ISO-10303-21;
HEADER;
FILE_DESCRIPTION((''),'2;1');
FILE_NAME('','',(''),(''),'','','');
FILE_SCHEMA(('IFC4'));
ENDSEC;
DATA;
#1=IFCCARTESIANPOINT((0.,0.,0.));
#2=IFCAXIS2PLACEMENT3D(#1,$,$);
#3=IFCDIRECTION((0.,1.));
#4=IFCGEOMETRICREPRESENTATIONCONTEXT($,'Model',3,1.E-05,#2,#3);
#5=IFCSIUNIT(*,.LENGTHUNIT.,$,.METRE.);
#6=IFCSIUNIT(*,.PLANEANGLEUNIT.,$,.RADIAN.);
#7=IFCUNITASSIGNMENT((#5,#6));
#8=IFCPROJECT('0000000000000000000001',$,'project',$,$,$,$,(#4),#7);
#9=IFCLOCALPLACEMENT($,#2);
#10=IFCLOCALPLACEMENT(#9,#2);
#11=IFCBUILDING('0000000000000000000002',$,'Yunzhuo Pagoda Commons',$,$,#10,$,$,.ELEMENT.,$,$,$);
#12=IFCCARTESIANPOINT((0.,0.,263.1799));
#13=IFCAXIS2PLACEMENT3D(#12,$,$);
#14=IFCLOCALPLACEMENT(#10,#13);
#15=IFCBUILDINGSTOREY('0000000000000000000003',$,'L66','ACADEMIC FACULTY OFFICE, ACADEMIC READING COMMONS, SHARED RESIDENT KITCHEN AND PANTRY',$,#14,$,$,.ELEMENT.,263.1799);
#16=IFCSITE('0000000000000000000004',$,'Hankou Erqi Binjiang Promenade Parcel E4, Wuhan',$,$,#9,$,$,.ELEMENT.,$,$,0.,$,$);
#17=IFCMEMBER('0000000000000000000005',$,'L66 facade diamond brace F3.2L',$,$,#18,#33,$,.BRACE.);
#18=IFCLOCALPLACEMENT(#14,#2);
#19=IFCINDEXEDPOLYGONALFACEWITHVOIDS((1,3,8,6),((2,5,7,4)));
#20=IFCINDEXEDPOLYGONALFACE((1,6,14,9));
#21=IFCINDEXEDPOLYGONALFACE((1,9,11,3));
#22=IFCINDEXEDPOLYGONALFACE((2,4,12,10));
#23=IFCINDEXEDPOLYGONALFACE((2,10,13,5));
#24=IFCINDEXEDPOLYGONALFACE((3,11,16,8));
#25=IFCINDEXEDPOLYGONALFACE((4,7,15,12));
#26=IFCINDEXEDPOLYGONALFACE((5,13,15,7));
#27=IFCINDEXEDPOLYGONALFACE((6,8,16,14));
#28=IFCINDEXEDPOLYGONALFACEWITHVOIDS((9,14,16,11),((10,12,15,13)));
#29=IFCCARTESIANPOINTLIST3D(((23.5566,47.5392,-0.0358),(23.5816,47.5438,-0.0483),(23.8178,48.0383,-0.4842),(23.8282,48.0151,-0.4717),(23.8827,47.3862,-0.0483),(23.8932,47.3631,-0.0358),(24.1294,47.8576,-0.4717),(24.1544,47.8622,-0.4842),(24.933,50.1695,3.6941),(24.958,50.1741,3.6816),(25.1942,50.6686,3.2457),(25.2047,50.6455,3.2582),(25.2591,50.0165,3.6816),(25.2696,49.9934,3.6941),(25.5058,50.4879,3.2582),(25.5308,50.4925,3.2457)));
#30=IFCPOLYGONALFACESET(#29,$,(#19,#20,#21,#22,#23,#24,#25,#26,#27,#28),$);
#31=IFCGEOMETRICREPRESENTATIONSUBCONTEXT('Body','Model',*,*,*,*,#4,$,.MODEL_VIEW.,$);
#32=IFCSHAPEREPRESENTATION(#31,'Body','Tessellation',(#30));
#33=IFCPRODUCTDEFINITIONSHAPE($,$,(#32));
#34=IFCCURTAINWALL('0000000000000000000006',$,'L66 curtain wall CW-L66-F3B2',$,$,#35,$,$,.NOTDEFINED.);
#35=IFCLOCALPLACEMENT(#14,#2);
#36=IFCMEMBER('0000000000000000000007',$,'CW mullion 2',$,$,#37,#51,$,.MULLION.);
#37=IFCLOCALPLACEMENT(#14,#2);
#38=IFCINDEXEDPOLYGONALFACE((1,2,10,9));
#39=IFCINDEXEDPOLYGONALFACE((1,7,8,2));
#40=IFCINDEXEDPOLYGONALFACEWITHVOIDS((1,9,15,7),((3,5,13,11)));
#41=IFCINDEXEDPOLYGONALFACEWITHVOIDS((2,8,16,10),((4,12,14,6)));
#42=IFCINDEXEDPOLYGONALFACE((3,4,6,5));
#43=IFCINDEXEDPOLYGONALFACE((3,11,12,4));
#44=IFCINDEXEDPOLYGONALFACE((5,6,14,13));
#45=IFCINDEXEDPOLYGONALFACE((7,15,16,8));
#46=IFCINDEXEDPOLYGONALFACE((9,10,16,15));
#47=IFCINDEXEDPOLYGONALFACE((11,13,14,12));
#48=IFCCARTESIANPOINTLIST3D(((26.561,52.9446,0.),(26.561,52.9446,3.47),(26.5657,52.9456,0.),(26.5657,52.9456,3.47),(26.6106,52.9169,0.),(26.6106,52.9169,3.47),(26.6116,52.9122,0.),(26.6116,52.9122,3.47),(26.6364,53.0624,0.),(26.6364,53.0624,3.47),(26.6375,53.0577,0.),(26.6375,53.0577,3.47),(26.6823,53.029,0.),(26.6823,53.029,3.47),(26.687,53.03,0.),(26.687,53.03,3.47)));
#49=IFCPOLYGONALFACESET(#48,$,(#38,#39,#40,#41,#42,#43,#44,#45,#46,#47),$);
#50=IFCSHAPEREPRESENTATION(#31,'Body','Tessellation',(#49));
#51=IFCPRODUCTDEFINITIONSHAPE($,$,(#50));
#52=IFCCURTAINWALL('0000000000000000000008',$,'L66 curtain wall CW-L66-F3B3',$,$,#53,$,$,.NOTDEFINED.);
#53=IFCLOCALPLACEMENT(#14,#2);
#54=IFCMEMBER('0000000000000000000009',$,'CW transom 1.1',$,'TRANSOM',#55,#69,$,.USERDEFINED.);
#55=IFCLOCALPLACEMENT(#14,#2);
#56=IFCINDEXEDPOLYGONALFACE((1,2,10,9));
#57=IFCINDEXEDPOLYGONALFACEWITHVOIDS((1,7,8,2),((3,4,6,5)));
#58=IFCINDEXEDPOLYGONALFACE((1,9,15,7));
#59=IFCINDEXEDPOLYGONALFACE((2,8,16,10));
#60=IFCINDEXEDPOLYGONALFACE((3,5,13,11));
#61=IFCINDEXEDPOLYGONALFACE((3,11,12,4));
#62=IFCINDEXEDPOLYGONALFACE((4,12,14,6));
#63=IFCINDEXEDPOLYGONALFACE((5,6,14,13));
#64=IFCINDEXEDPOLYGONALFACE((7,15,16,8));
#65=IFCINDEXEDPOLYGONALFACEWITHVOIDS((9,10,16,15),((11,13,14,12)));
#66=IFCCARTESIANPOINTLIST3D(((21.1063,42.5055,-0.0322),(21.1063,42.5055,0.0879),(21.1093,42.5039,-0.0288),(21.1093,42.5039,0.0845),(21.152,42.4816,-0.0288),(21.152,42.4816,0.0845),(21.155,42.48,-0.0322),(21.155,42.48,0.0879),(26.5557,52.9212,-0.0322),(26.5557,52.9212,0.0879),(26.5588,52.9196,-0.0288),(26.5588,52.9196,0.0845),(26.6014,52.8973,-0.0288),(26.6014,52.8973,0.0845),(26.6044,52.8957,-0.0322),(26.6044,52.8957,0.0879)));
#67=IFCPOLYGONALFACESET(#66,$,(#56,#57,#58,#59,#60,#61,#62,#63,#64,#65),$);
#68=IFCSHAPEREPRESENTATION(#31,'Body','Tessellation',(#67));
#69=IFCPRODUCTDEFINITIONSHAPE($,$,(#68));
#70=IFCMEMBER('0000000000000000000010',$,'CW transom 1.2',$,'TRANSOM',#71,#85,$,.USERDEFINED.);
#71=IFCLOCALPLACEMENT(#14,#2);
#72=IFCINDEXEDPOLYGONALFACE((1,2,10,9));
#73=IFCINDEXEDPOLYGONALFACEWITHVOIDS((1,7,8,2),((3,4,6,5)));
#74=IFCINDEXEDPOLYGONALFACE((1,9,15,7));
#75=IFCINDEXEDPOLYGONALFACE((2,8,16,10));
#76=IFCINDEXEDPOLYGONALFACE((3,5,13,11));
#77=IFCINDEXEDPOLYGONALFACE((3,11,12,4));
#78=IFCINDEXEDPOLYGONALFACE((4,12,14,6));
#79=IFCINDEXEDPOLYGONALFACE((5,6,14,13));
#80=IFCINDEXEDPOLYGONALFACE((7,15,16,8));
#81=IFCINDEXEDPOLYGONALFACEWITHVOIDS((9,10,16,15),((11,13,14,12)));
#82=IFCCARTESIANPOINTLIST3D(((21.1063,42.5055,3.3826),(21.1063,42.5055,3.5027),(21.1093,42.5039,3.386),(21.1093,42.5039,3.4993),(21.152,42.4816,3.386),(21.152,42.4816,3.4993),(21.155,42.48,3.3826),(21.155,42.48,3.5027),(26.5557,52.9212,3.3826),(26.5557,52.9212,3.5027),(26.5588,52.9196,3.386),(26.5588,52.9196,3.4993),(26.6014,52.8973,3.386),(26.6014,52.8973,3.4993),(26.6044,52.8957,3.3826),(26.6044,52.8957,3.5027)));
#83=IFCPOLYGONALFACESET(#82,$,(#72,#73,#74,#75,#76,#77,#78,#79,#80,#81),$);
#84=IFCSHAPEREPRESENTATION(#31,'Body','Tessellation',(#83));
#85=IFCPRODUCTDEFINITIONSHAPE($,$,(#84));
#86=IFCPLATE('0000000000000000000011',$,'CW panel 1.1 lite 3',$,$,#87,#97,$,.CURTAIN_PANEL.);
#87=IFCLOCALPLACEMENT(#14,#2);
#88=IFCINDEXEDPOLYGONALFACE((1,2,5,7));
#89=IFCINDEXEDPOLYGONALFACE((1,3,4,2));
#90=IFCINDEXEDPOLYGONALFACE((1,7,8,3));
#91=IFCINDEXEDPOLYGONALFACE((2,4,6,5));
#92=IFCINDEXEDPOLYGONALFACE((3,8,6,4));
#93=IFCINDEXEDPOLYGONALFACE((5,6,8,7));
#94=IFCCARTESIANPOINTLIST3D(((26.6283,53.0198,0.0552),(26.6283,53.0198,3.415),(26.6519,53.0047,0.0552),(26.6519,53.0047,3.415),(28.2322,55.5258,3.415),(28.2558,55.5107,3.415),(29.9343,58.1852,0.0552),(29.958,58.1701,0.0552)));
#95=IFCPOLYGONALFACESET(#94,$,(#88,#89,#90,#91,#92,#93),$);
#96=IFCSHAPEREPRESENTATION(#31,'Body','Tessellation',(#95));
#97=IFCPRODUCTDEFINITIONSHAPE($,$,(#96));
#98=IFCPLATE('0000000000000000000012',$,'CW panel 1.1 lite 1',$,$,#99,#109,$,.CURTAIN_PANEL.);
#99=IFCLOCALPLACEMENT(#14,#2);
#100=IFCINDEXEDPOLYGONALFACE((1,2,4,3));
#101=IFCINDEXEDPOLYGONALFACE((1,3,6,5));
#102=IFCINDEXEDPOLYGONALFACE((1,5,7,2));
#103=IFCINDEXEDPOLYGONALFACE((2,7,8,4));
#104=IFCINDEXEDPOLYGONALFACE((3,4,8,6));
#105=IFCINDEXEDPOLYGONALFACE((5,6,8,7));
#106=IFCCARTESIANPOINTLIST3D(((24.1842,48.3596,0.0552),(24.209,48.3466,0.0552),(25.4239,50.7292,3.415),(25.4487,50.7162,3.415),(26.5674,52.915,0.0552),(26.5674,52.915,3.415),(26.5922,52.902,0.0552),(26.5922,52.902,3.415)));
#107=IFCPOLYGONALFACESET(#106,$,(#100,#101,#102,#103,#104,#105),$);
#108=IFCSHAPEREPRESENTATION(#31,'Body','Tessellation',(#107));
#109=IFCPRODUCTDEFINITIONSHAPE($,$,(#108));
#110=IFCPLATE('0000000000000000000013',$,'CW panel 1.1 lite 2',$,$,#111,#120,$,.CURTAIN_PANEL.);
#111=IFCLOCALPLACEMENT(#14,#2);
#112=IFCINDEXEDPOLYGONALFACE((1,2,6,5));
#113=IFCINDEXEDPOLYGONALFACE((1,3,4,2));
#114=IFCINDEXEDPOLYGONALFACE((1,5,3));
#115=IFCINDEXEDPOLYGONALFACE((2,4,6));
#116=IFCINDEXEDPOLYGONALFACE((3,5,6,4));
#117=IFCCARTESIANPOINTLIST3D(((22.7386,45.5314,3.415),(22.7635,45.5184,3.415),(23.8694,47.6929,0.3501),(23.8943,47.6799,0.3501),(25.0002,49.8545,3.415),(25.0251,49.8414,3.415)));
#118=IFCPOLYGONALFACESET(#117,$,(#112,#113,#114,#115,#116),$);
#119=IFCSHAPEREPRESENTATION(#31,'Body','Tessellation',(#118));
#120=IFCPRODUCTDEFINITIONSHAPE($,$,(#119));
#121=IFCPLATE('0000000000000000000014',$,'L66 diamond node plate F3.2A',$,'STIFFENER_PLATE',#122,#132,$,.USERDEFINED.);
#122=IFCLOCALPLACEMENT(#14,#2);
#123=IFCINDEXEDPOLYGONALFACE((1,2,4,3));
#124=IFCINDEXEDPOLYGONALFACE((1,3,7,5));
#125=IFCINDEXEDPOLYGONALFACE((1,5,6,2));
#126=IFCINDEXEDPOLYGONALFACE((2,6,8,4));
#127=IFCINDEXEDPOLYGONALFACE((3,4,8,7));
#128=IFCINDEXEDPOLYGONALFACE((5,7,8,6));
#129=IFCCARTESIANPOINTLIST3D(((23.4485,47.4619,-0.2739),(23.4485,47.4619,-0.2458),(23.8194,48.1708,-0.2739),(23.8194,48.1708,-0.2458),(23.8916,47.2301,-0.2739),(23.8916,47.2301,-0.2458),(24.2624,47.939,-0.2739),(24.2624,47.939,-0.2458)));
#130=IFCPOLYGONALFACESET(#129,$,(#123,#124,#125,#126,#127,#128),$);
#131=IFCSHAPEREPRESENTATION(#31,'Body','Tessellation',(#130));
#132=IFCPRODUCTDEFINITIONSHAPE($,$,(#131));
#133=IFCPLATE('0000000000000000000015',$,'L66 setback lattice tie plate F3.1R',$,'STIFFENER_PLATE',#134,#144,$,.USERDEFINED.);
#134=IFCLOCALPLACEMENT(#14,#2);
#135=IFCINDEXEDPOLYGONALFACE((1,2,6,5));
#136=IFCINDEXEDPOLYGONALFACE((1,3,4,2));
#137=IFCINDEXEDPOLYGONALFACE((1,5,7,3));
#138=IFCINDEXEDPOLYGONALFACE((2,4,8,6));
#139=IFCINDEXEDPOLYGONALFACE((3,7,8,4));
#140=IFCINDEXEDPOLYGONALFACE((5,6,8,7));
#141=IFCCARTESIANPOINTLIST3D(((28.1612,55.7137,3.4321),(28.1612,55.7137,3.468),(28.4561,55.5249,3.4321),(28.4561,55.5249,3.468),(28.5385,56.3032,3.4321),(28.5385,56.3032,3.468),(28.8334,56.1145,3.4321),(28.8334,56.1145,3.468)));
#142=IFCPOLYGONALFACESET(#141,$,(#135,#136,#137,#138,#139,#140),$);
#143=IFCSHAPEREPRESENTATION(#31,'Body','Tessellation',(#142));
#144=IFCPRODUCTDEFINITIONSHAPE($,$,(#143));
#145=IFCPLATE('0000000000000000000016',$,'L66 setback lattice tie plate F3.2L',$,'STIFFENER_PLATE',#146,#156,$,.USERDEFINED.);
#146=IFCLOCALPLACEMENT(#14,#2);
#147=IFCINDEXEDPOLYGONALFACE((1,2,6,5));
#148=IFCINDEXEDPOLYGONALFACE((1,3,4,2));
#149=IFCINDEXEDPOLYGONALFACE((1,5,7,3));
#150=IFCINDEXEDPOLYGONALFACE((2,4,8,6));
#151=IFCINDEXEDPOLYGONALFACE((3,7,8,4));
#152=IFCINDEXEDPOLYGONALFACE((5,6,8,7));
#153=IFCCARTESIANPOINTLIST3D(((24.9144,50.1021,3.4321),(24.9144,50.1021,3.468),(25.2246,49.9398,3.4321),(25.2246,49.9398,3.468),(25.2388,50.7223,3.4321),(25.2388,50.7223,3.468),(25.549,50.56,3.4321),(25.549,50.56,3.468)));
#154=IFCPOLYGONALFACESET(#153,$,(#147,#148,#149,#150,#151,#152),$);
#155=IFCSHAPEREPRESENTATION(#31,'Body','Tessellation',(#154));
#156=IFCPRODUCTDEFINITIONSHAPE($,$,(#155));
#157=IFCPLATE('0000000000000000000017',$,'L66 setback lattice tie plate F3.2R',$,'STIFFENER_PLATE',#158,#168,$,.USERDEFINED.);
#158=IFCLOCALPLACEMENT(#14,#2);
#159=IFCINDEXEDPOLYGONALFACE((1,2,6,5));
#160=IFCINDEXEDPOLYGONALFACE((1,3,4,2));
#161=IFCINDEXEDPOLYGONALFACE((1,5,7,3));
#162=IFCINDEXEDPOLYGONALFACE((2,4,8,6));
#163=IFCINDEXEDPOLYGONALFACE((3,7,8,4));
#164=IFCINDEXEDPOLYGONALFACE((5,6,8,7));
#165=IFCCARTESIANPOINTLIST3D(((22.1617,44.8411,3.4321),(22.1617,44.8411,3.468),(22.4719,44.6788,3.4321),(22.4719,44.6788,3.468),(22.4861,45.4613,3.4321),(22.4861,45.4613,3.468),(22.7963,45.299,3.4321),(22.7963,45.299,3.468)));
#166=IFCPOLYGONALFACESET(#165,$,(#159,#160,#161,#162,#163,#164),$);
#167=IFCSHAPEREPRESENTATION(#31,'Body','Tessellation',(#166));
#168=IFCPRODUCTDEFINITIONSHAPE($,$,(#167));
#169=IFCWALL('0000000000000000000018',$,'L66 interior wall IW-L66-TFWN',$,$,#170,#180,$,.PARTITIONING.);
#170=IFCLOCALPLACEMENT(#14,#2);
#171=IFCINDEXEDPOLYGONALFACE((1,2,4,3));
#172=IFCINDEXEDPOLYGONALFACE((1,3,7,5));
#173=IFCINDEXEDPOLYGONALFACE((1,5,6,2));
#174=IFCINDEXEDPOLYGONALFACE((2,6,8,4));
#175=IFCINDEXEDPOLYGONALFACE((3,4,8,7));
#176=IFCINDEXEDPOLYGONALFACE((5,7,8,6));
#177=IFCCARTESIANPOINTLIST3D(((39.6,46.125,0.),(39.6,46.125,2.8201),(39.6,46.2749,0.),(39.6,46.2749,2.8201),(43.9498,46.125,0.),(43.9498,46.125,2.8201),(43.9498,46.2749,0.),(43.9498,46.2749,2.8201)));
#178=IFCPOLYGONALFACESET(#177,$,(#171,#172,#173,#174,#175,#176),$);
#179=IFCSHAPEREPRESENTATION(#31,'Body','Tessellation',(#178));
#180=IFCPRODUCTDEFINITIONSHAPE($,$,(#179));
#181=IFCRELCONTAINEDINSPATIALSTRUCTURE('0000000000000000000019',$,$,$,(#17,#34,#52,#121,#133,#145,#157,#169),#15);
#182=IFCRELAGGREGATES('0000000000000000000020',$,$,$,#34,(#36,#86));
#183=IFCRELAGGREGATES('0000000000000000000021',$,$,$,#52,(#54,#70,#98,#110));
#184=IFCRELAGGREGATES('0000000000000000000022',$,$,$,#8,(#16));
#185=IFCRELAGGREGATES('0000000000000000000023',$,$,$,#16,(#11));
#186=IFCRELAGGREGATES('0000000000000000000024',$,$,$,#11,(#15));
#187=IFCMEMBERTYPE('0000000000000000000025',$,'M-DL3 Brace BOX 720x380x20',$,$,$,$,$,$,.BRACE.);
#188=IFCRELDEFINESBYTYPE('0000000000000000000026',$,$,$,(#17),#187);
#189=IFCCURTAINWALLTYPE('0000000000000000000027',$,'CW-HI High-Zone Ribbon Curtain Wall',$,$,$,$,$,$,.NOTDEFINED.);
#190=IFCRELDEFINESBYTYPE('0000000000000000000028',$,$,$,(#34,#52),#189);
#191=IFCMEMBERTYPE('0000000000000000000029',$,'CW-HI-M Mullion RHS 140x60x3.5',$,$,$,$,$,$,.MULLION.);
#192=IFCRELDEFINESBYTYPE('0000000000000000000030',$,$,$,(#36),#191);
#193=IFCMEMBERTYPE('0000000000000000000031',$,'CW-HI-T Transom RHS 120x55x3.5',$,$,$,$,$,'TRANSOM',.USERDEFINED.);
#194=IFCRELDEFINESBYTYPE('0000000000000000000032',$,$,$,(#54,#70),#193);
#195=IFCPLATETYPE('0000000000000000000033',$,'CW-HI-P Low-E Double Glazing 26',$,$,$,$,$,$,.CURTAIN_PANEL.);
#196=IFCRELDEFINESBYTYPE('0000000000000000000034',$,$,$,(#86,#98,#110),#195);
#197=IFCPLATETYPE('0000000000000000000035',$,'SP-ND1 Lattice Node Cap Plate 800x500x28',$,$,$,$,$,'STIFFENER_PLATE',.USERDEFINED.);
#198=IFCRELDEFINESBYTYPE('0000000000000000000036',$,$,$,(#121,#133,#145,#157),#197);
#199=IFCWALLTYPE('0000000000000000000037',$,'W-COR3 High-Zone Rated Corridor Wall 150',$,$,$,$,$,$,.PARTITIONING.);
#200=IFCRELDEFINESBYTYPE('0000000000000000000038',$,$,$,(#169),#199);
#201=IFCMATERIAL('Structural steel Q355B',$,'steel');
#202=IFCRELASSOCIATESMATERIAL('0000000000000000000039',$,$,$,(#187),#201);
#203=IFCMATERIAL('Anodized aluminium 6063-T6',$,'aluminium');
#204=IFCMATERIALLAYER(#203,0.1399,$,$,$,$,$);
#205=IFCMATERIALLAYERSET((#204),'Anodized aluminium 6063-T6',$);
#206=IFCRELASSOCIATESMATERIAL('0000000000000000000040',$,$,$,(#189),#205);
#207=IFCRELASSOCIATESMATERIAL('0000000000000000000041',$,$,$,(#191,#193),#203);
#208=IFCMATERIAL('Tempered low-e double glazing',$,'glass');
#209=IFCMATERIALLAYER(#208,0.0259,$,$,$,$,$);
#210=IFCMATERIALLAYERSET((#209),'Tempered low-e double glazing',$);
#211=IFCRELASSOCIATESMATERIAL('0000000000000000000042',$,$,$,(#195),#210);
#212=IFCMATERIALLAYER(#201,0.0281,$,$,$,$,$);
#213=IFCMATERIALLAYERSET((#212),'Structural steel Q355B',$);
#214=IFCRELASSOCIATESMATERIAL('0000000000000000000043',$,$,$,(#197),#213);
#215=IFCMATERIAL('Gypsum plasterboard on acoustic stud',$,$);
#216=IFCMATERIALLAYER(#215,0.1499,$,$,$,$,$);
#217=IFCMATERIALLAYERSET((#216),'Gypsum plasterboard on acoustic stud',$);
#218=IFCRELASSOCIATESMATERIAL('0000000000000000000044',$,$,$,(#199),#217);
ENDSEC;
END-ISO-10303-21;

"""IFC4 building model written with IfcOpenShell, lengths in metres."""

from ifc_helpers import new_model, si_unit, direction, frame, frame_2d, origin, origin_2d, place, context, subcontext, project, spatial, polyline, rectangle, hollow_rectangle, outline, extrude, source, transform, mapped, material, layer, layer_set, material_profile, profile_set, type_object, element, aggregate, save


model = new_model("IFC4")

# Units and contexts
model_context = context("Model", 3, precision=1e-05, world=origin(), true_north=direction((0.0, 1.0)))
body_context = subcontext(model_context, "Body", "Model", "MODEL_VIEW")
ifc_project = project(units=[si_unit("LENGTHUNIT", "METRE"), si_unit("PLANEANGLEUNIT", "RADIAN")], contexts=[model_context])

# Site, building, storey
site_placement = place(None, origin())
site = spatial("IfcSite", under=ifc_project, at=site_placement, Name="Hankou Erqi Binjiang Promenade Parcel E4, Wuhan", CompositionType="ELEMENT", RefElevation=0.0)
building_placement = place(site_placement, origin())
building = spatial("IfcBuilding", under=site, at=building_placement, Name="Yunzhuo Pagoda Commons", CompositionType="ELEMENT")
storey_placement = place(building_placement, frame((0.0, 0.0, 263.1799)))
storey = spatial("IfcBuildingStorey", under=building, at=storey_placement, Name="L66", Description="ACADEMIC FACULTY OFFICE, ACADEMIC READING COMMONS, SHARED RESIDENT KITCHEN AND PANTRY", CompositionType="ELEMENT", Elevation=263.1799)

# Shared definitions
ifc_material_1 = material(Name="Structural steel Q355B", Category="steel")

# Member
ifc_material_profile_1 = material_profile(ifc_material_1, hollow_rectangle(XDim=0.3799, YDim=0.72, WallThickness=0.02, at=origin_2d()), Name="Structural steel Q355B")
ifc_profile_set_1 = profile_set([ifc_material_profile_1], Name="Structural steel Q355B")
member_type_1 = type_object("IfcMemberType", Name="M-DL3 Brace BOX 720x380x20", PredefinedType="BRACE", material=ifc_profile_set_1)
shared_shape_1 = source(origin(), body_context, "Body", "SweptSolid", [
    extrude(hollow_rectangle(XDim=0.3799, YDim=0.72, WallThickness=0.02, at=origin_2d()), origin(), (0.0, 0.0, 1.0), 4.7671),
])
member_1_placement = place(storey_placement, frame((23.8555, 47.7007, -0.26), z_axis=(0.288736, 0.551764, 0.782425), x_axis=(-0.886018, 0.463651, 0.0)))
element("IfcMember", 1, at=member_1_placement, inside=storey, type_object=member_type_1, Name="L66 facade diamond brace F3.2L", PredefinedType="BRACE", context=body_context, shape_type="MappedRepresentation", body=[
    mapped(shared_shape_1, transform((0.0, 0.0, 0.0), scale=1.0)),
])

# Curtain wall, member
ifc_material_2 = material(Name="Anodized aluminium 6063-T6", Category="aluminium")
ifc_layer_1 = layer(ifc_material_2, 0.1399)
ifc_layer_set_1 = layer_set([ifc_layer_1], Name="Anodized aluminium 6063-T6")
curtain_wall_type = type_object("IfcCurtainWallType", Name="CW-HI High-Zone Ribbon Curtain Wall", PredefinedType="NOTDEFINED", material=ifc_layer_set_1)
curtain_wall_1_placement = place(storey_placement, origin())
curtain_wall_1 = element("IfcCurtainWall", 2, at=curtain_wall_1_placement, inside=storey, type_object=curtain_wall_type, Name="L66 curtain wall CW-L66-F3B2", PredefinedType="NOTDEFINED")
ifc_material_profile_2 = material_profile(ifc_material_2, hollow_rectangle(XDim=0.0601, YDim=0.1399, WallThickness=0.0034, at=origin_2d()), Name="Anodized aluminium 6063-T6")
ifc_profile_set_2 = profile_set([ifc_material_profile_2], Name="Anodized aluminium 6063-T6")
member_type_2 = type_object("IfcMemberType", Name="CW-HI-M Mullion RHS 140x60x3.5", PredefinedType="MULLION", material=ifc_profile_set_2)
shared_shape_2 = source(origin(), body_context, "Body", "SweptSolid", [
    extrude(hollow_rectangle(XDim=0.0601, YDim=0.1399, WallThickness=0.0034, at=origin_2d()), origin(), (0.0, 0.0, 1.0), 3.47),
])
member_2_placement = place(storey_placement, frame((26.624, 52.9873, 0.0), z_axis=(0.0, 0.0, 1.0), x_axis=(0.842256, -0.539078, 0.0)))
member_2 = element("IfcMember", 3, at=member_2_placement, type_object=member_type_2, Name="CW mullion 2", PredefinedType="MULLION", context=body_context, shape_type="MappedRepresentation", body=[
    mapped(shared_shape_2, transform((0.0, 0.0, 0.0), scale=1.0)),
])

# Curtain wall, members
curtain_wall_2_placement = place(storey_placement, origin())
curtain_wall_2 = element("IfcCurtainWall", 4, at=curtain_wall_2_placement, inside=storey, type_object=curtain_wall_type, Name="L66 curtain wall CW-L66-F3B3", PredefinedType="NOTDEFINED")
ifc_material_profile_3 = material_profile(ifc_material_2, hollow_rectangle(XDim=0.0549, YDim=0.1201, WallThickness=0.0034, at=origin_2d()), Name="Anodized aluminium 6063-T6")
ifc_profile_set_3 = profile_set([ifc_material_profile_3], Name="Anodized aluminium 6063-T6")
member_type_3 = type_object("IfcMemberType", Name="CW-HI-T Transom RHS 120x55x3.5", ElementType="TRANSOM", PredefinedType="USERDEFINED", material=ifc_profile_set_3)
shared_shape_3 = source(origin(), body_context, "Body", "SweptSolid", [
    extrude(hollow_rectangle(XDim=0.0549, YDim=0.1201, WallThickness=0.0034, at=origin_2d()), origin(), (0.0, 0.0, 1.0), 11.7551),
])
member_3_placement = place(storey_placement, frame((26.5801, 52.9084, 0.0278), z_axis=(-0.463579, -0.886056, 0.0), x_axis=(0.886056, -0.463579, 0.0)))
member_3 = element("IfcMember", 5, at=member_3_placement, type_object=member_type_3, Name="CW transom 1.1", ObjectType="TRANSOM", PredefinedType="USERDEFINED", context=body_context, shape_type="MappedRepresentation", body=[
    mapped(shared_shape_3, transform((0.0, 0.0, 0.0), scale=1.0)),
])
member_4_placement = place(storey_placement, frame((26.5801, 52.9084, 3.4426), z_axis=(-0.463579, -0.886056, 0.0), x_axis=(0.886056, -0.463579, 0.0)))
member_4 = element("IfcMember", 6, at=member_4_placement, type_object=member_type_3, Name="CW transom 1.2", ObjectType="TRANSOM", PredefinedType="USERDEFINED", context=body_context, shape_type="MappedRepresentation", body=[
    mapped(shared_shape_3, transform((0.0, 0.0, 0.0), scale=1.0)),
])

# Plates
ifc_material_3 = material(Name="Tempered low-e double glazing", Category="glass")
ifc_layer_2 = layer(ifc_material_3, 0.0259)
ifc_layer_set_2 = layer_set([ifc_layer_2], Name="Tempered low-e double glazing")
plate_type_1 = type_object("IfcPlateType", Name="CW-HI-P Low-E Double Glazing 26", PredefinedType="CURTAIN_PANEL", material=ifc_layer_set_2)
plate_1_placement = place(storey_placement, frame((28.3049, 55.5874, 1.7351), z_axis=(-0.842256, 0.539078, 0.0), x_axis=(-0.539078, -0.842256, 0.0)))
plate_1 = element("IfcPlate", 7, at=plate_1_placement, type_object=plate_type_1, Name="CW panel 1.1 lite 3", PredefinedType="CURTAIN_PANEL", context=body_context, shape_type="SweptSolid", body=[
    extrude(outline(polyline([(-3.0664, -1.6799), (3.0664, -1.6799), (3.0664, 1.6799), (0.0911, 1.6799), (-3.0664, -1.6799)])), origin(), (0.0, 0.0, 1.0), 0.0281),
])
aggregate(curtain_wall_1, [member_2, plate_1])
plate_2_placement = place(storey_placement, frame((25.4006, 50.6243, 1.7351), z_axis=(-0.886066, 0.463559, 0.0), x_axis=(-0.463559, -0.886066, 0.0)))
plate_2 = element("IfcPlate", 8, at=plate_2_placement, type_object=plate_type_1, Name="CW panel 1.1 lite 1", PredefinedType="CURTAIN_PANEL", context=body_context, shape_type="SweptSolid", body=[
    extrude(outline(polyline([(-2.5706, -1.6799), (2.5706, -1.6799), (-0.1038, 1.6799), (-2.5706, 1.6799), (-2.5706, -1.6799)])), origin(), (0.0, 0.0, 1.0), 0.0281),
])
plate_3_placement = place(storey_placement, frame((23.8943, 47.6799, 1.8826), z_axis=(-0.886066, 0.463559, 0.0), x_axis=(-0.463559, -0.886066, 0.0)))
plate_3 = element("IfcPlate", 9, at=plate_3_placement, type_object=plate_type_1, Name="CW panel 1.1 lite 2", PredefinedType="CURTAIN_PANEL", context=body_context, shape_type="SweptSolid", body=[
    extrude(outline(polyline([(-2.4395, 1.5325), (0.0, -1.5325), (2.4395, 1.5325), (-2.4395, 1.5325)])), origin(), (0.0, 0.0, 1.0), 0.0281),
])
aggregate(curtain_wall_2, [member_3, member_4, plate_2, plate_3])

# Plates
ifc_layer_3 = layer(ifc_material_1, 0.0281)
ifc_layer_set_3 = layer_set([ifc_layer_3], Name="Structural steel Q355B")
plate_type_2 = type_object("IfcPlateType", Name="SP-ND1 Lattice Node Cap Plate 800x500x28", ElementType="STIFFENER_PLATE", PredefinedType="USERDEFINED", material=ifc_layer_set_3)
shared_shape_4 = source(origin(), body_context, "Body", "SweptSolid", [
    extrude(rectangle(XDim=0.8, YDim=0.5, at=origin_2d()), origin(), (0.0, 0.0, 1.0), 0.0281),
])
plate_4_placement = place(storey_placement, frame((23.8555, 47.7004, -0.2739), z_axis=(0.0, 0.0, 1.0), x_axis=(-0.463559, -0.886066, 0.0)))
element("IfcPlate", 10, at=plate_4_placement, inside=storey, type_object=plate_type_2, Name="L66 diamond node plate F3.2A", ObjectType="STIFFENER_PLATE", PredefinedType="USERDEFINED", context=body_context, shape_type="MappedRepresentation", body=[
    mapped(shared_shape_4, transform((0.0, 0.0, 0.0), scale=1.0)),
])
shared_shape_5 = source(origin(), body_context, "Body", "SweptSolid", [
    extrude(rectangle(XDim=0.7, YDim=0.3501, at=origin_2d()), origin(), (0.0, 0.0, 1.0), 0.0359),
])
for number, where, z_axis, x_axis, name in (
    (11, (28.4973, 55.9141, 3.4321), (0.0, 0.0, 1.0), (-0.53908, -0.842255, 0.0), "L66 setback lattice tie plate F3.1R"),
    (12, (25.2317, 50.3311, 3.4321), (0.0, 0.0, 1.0), (-0.463559, -0.886066, 0.0), "L66 setback lattice tie plate F3.2L"),
    (13, (22.479, 45.0701, 3.4321), (0.0, 0.0, 1.0), (-0.463559, -0.886066, 0.0), "L66 setback lattice tie plate F3.2R"),
):
    element("IfcPlate", number, at=place(storey_placement, frame(where, z_axis=z_axis, x_axis=x_axis)), inside=storey, type_object=plate_type_2, Name=name, ObjectType="STIFFENER_PLATE", PredefinedType="USERDEFINED", context=body_context, shape_type="MappedRepresentation", body=[
        mapped(shared_shape_5, transform((0.0, 0.0, 0.0), scale=1.0)),
    ])

# Wall
ifc_material_4 = material(Name="Gypsum plasterboard on acoustic stud")
ifc_layer_4 = layer(ifc_material_4, 0.1499)
ifc_layer_set_4 = layer_set([ifc_layer_4], Name="Gypsum plasterboard on acoustic stud")
wall_type_1 = type_object("IfcWallType", Name="W-COR3 High-Zone Rated Corridor Wall 150", PredefinedType="PARTITIONING", material=ifc_layer_set_4)
wall_1_placement = place(storey_placement, frame((39.6001, 46.2, 0.0), z_axis=(0.0, 0.0, 1.0), x_axis=(1.0, 0.0, 0.0)))
element("IfcWall", 14, at=wall_1_placement, inside=storey, type_object=wall_type_1, Name="L66 interior wall IW-L66-TFWN", PredefinedType="PARTITIONING", context=body_context, shape_type="SweptSolid", body=[
    extrude(rectangle(XDim=4.3499, YDim=0.1499, at=frame_2d((2.1748, 0.0))), origin(), (0.0, 0.0, 1.0), 2.8201),
])

save(model, "model.ifc")
